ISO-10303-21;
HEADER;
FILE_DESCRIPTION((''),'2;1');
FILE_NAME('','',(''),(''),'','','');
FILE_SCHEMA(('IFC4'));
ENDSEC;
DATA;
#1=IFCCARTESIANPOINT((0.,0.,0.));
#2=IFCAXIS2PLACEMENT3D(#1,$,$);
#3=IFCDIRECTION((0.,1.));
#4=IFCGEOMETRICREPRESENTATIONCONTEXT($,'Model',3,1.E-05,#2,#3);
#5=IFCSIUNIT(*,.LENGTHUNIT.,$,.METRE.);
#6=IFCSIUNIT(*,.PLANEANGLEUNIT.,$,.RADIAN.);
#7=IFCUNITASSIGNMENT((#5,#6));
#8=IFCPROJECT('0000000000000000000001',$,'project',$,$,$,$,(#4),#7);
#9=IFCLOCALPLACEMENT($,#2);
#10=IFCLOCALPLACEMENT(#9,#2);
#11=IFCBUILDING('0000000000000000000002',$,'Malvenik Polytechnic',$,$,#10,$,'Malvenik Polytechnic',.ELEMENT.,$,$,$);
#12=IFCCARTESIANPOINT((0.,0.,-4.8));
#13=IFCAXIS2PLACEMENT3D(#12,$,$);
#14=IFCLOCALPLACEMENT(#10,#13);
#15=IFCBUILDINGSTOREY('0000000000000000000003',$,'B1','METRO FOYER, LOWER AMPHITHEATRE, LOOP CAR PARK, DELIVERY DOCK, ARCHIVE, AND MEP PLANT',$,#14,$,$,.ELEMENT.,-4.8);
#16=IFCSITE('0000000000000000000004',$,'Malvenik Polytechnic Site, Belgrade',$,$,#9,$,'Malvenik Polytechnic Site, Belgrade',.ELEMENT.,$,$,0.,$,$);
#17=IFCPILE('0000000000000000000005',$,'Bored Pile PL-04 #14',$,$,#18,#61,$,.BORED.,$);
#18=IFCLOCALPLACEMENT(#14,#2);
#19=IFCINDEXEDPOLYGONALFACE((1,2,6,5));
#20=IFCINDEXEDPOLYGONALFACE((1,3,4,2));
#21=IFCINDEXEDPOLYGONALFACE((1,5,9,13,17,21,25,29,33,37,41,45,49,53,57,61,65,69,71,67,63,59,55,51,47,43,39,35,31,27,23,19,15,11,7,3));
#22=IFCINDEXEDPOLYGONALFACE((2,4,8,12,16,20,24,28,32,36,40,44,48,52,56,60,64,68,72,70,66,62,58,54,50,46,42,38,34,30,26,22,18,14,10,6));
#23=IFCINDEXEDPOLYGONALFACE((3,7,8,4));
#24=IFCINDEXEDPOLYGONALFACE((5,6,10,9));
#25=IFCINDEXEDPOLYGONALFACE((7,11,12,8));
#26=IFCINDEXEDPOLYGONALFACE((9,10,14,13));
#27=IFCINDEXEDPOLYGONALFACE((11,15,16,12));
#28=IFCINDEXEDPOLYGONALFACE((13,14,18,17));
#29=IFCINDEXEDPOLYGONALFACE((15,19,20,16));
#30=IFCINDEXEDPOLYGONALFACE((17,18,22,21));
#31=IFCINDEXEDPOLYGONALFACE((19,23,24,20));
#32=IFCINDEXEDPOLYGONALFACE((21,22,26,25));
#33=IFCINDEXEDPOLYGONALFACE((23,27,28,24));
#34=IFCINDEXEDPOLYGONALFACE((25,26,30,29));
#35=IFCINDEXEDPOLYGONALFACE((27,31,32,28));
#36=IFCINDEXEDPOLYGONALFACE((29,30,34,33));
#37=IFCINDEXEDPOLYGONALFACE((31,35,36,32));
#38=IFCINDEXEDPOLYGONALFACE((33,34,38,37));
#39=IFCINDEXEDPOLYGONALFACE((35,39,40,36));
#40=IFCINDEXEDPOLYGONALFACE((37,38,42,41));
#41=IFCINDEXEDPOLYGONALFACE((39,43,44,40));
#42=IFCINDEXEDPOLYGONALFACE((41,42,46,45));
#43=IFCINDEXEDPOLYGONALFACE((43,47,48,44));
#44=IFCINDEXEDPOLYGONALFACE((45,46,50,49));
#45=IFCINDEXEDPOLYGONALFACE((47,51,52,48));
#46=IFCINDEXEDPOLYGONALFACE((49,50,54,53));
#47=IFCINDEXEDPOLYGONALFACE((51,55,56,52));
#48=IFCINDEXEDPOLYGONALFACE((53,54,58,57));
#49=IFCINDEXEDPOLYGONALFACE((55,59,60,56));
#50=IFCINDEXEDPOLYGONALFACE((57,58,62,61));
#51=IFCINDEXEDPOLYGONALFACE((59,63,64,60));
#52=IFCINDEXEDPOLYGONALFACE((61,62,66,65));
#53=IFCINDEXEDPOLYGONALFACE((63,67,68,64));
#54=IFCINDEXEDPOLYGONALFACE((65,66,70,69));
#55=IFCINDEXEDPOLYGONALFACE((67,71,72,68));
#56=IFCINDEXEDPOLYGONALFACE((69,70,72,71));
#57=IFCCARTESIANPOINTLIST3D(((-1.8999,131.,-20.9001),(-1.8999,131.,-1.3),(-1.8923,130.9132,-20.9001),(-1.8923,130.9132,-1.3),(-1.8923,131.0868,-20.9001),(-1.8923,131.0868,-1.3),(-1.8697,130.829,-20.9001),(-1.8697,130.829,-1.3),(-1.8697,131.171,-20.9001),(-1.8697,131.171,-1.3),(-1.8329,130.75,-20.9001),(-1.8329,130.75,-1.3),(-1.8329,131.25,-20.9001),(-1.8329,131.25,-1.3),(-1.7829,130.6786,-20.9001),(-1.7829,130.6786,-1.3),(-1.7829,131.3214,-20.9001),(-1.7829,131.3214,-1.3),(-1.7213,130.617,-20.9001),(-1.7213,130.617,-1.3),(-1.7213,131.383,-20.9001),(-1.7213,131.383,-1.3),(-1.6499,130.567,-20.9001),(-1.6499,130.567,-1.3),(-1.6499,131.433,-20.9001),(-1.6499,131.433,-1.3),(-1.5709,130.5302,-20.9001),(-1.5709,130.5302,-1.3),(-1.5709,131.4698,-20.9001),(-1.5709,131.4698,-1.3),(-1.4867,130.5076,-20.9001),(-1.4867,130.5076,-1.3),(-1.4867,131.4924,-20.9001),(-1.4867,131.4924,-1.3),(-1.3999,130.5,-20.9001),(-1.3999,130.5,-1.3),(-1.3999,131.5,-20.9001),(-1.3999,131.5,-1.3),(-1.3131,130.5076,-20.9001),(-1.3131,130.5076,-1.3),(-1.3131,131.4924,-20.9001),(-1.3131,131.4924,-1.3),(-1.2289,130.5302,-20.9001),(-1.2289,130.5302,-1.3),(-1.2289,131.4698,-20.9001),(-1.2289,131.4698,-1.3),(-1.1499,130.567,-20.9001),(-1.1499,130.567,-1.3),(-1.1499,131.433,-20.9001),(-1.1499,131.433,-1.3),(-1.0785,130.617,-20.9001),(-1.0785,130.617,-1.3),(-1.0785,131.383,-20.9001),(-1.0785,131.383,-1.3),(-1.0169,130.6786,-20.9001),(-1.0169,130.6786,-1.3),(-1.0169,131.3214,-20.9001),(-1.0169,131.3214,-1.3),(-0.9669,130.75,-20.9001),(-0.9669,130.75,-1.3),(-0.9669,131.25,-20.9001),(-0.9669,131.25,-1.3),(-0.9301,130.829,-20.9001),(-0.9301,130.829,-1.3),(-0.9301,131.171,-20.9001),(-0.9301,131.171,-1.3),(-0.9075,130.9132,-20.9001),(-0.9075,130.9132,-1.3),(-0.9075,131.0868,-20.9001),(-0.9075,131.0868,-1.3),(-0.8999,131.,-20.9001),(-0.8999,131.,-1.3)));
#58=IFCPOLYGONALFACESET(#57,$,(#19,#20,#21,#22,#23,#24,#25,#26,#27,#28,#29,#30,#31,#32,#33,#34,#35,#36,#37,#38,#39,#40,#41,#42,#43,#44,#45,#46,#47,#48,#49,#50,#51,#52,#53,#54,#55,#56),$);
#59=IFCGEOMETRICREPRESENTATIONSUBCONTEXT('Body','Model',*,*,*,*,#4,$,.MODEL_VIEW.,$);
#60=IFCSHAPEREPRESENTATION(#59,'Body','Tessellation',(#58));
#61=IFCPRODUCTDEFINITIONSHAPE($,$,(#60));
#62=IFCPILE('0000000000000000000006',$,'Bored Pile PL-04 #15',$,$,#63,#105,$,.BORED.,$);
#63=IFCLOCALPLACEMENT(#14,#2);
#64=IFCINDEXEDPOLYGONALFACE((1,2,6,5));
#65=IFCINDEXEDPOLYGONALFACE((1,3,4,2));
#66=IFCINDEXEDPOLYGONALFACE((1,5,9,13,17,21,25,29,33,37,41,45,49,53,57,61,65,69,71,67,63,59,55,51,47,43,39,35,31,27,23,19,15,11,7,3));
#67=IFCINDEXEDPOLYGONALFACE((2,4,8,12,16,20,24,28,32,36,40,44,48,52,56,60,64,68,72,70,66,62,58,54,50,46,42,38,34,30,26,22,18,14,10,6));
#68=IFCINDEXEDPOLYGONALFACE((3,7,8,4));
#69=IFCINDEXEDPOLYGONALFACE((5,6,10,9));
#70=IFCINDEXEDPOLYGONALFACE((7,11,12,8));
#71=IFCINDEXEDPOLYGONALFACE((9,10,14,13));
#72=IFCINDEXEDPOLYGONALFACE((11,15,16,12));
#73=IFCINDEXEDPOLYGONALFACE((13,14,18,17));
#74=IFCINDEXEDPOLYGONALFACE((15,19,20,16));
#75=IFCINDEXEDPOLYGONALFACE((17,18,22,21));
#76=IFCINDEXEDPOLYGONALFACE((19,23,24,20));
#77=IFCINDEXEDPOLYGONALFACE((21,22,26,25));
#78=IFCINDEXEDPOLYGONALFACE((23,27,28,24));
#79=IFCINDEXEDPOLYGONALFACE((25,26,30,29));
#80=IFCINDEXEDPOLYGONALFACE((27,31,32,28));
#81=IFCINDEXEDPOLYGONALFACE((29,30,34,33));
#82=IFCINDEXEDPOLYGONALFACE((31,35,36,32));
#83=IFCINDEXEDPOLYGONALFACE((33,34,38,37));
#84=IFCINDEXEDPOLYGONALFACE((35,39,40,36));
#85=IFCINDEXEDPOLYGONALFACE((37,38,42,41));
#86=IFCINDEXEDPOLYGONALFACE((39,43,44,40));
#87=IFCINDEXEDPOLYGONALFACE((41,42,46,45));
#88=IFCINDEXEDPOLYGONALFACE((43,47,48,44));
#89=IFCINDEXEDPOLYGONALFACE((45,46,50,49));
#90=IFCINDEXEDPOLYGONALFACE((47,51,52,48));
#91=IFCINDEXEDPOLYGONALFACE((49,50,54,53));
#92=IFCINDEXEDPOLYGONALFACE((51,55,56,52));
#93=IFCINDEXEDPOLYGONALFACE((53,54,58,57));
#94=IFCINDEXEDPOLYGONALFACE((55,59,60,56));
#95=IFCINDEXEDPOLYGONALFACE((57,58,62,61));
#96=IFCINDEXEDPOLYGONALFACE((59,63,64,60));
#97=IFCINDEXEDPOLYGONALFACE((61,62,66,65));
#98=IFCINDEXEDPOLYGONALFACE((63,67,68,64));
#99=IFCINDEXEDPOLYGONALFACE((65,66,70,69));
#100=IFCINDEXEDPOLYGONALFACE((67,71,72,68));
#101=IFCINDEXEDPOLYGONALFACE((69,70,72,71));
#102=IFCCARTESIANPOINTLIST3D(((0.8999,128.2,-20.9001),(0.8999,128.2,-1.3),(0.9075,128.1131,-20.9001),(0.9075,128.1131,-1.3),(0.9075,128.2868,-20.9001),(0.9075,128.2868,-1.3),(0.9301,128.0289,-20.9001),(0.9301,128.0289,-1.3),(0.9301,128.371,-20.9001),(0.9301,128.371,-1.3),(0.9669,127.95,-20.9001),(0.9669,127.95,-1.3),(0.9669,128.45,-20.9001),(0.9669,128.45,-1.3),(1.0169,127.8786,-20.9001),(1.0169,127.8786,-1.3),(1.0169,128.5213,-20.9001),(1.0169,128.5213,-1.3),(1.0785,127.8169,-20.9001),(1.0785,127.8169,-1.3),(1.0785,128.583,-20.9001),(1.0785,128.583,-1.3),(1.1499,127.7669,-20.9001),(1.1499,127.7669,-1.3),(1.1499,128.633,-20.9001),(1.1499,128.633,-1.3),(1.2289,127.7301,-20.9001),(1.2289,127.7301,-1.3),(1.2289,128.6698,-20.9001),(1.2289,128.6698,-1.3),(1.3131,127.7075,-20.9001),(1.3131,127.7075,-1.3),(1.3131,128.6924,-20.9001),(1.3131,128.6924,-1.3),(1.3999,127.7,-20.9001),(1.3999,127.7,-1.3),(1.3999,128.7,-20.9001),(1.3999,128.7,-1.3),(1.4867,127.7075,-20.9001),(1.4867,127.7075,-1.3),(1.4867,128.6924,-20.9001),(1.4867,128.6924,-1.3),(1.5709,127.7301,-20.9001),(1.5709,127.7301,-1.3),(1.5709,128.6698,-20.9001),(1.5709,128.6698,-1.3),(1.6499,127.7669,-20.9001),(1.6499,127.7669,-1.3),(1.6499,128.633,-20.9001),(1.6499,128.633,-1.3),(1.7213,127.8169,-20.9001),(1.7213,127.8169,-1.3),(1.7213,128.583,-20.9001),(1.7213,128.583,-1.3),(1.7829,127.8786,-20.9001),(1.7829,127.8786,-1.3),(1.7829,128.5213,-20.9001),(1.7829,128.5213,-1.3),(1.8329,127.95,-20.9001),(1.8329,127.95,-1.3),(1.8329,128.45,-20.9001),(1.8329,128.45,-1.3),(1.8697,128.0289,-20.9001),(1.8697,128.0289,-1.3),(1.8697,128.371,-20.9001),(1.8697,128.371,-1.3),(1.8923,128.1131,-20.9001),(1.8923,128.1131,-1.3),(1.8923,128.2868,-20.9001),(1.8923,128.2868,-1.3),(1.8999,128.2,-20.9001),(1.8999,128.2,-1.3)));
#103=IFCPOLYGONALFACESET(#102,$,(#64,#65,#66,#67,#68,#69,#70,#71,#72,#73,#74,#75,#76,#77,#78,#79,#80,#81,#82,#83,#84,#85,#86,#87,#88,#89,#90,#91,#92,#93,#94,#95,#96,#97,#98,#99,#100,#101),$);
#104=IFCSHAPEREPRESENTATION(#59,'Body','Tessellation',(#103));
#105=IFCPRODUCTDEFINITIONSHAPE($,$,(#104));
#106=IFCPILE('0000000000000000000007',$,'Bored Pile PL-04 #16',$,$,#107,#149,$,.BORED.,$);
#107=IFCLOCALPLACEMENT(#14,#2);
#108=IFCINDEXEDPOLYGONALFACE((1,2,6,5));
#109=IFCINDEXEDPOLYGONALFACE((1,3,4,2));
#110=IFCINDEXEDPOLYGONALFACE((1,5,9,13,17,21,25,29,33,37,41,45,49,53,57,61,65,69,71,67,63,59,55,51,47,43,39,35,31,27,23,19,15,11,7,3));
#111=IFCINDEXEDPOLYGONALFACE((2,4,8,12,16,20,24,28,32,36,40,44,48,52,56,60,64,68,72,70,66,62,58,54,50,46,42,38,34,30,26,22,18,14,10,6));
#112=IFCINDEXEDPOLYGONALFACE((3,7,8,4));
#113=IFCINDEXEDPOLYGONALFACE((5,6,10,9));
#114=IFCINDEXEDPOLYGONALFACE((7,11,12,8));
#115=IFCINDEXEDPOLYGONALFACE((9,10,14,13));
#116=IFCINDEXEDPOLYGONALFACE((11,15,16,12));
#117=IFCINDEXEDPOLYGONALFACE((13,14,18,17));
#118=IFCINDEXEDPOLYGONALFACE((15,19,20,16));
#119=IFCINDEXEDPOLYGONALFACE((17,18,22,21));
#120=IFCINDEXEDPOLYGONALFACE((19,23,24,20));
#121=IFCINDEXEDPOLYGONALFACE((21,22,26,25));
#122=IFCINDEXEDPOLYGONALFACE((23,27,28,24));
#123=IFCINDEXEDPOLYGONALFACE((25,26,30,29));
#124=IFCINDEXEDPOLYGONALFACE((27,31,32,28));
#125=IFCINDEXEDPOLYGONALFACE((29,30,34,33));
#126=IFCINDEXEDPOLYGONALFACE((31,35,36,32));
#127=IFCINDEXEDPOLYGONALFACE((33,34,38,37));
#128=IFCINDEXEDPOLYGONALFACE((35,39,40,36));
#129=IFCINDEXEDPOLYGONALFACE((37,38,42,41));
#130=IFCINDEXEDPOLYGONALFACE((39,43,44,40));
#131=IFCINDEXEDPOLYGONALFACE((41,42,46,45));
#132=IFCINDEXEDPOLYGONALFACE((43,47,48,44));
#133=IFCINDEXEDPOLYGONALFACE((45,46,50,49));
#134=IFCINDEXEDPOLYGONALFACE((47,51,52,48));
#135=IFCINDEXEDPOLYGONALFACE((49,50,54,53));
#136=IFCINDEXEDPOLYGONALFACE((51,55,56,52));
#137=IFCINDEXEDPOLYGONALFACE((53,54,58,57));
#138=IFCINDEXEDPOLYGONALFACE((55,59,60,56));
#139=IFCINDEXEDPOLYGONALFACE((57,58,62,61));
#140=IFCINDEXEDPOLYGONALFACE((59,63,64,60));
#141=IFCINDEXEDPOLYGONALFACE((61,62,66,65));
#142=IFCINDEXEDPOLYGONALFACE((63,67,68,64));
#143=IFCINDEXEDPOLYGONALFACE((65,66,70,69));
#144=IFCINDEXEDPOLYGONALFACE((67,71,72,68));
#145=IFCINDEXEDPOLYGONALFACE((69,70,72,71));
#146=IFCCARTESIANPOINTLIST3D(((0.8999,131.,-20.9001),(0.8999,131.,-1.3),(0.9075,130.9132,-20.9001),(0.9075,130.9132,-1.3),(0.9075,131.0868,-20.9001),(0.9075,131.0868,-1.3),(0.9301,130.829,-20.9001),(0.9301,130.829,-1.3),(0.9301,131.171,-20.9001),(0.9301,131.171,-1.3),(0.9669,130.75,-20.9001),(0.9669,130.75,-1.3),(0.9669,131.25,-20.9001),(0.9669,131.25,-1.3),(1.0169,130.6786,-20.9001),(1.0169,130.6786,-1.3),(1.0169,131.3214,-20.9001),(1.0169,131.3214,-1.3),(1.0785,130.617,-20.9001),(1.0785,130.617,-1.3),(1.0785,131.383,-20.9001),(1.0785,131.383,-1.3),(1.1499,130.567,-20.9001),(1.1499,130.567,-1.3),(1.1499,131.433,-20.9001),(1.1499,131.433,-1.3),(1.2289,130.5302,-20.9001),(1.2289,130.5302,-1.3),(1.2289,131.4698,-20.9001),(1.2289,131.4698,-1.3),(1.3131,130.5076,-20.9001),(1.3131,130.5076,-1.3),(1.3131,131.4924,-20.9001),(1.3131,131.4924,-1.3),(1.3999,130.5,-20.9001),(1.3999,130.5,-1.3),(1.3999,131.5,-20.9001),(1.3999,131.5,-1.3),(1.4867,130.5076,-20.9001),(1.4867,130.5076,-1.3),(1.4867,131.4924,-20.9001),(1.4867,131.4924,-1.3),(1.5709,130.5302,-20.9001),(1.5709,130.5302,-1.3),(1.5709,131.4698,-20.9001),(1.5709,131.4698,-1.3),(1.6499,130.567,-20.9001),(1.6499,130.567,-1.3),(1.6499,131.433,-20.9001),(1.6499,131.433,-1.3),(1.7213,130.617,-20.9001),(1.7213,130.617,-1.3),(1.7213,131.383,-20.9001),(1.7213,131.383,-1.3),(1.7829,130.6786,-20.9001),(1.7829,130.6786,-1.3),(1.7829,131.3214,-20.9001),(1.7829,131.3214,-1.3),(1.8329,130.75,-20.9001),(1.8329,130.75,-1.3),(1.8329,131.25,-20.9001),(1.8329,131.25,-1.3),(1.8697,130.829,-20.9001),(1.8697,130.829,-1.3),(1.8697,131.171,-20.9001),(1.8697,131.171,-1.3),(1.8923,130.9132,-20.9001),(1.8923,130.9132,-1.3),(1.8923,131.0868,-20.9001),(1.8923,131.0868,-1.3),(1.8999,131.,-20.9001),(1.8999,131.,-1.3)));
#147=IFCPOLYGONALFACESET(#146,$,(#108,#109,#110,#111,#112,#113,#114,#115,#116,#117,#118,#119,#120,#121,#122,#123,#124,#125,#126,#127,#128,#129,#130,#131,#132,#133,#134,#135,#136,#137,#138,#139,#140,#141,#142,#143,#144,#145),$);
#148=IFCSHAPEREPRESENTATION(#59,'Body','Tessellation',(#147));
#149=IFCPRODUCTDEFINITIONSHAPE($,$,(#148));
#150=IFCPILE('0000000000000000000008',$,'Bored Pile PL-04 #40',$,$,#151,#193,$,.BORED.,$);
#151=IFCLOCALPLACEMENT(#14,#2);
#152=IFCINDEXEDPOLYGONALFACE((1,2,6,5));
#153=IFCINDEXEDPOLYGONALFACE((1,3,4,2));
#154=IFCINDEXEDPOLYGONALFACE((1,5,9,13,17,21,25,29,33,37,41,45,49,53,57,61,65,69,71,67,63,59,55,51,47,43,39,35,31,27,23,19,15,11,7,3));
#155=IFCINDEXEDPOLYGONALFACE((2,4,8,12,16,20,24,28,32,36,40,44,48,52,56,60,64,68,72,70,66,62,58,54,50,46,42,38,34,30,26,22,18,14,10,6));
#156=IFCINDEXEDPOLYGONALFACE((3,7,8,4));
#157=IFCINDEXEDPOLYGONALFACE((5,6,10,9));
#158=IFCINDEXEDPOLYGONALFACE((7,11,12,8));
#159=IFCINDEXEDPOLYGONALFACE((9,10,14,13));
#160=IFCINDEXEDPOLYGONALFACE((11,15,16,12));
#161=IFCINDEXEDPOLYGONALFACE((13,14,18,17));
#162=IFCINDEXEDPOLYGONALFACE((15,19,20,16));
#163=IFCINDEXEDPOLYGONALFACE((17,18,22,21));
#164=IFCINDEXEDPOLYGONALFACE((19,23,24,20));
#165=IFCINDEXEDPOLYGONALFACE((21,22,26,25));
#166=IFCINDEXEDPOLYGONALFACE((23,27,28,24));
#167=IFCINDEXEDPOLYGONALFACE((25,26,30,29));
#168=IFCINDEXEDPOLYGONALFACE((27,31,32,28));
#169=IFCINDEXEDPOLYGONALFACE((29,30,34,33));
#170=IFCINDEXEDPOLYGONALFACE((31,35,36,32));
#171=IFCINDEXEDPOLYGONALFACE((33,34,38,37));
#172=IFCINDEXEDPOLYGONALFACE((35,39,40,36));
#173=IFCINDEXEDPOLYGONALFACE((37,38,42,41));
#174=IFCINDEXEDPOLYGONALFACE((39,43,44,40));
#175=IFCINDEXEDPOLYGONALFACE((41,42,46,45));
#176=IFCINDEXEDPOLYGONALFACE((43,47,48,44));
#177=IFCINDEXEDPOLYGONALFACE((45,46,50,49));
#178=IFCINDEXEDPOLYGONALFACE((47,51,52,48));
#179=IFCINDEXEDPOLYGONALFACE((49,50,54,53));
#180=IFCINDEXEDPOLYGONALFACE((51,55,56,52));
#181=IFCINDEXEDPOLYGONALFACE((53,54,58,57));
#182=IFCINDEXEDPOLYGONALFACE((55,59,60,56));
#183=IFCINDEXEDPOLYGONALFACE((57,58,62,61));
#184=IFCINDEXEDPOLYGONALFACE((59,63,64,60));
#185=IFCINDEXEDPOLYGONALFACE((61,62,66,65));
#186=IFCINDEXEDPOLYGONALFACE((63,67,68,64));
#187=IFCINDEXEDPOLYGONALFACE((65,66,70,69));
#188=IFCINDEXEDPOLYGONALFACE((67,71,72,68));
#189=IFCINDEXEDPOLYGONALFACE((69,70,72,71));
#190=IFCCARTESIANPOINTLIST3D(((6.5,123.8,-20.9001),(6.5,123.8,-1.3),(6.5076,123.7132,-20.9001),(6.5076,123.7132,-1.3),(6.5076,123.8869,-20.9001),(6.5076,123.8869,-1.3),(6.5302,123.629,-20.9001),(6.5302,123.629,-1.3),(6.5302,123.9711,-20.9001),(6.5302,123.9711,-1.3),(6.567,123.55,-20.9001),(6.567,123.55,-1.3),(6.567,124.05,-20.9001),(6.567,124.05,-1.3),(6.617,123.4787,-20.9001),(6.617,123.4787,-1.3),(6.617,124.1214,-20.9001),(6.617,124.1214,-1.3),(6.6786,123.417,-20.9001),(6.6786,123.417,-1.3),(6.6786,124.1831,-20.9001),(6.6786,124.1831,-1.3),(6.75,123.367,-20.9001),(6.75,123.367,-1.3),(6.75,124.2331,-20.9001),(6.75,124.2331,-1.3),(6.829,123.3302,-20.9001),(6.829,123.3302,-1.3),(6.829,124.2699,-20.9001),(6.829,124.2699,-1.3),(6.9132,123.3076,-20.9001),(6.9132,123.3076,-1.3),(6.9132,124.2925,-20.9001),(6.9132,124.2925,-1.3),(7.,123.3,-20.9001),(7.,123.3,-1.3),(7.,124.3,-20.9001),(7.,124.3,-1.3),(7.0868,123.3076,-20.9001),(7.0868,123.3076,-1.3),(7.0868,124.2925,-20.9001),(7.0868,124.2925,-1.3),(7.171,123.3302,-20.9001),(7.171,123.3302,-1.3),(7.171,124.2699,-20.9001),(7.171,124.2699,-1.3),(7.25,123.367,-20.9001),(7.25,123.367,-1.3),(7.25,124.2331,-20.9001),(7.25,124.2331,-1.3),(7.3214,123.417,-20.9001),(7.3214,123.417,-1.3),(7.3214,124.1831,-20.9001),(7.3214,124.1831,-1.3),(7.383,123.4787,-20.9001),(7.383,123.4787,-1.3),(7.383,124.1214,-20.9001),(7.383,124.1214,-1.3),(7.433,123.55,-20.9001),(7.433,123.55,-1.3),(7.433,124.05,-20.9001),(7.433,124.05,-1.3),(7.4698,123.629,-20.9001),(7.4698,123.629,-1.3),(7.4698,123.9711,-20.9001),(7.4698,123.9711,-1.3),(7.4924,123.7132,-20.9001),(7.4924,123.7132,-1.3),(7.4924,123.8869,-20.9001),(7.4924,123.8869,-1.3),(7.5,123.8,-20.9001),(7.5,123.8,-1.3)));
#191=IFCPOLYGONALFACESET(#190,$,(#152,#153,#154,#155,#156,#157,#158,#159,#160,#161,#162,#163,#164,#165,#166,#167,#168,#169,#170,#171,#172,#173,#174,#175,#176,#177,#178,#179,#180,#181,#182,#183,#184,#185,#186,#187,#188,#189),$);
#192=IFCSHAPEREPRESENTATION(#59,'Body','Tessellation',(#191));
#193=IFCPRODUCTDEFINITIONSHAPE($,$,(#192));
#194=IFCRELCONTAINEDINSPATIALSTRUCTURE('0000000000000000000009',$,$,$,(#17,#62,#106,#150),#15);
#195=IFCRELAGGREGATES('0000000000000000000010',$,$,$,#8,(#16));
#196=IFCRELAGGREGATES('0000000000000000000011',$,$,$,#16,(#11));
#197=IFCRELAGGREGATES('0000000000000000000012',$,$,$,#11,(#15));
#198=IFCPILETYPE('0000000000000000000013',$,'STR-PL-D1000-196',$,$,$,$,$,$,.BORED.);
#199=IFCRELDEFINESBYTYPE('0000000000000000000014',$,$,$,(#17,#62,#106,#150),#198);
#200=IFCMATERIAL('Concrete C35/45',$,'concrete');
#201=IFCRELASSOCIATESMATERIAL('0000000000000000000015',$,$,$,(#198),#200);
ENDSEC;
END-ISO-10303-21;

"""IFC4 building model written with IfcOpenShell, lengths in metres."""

from ifc_helpers import new_model, si_unit, direction, frame, origin, origin_2d, place, context, subcontext, project, spatial, circle, extrude, material, material_profile, profile_set, type_object, element, save


model = new_model("IFC4")

# Units and contexts
model_context = context("Model", 3, precision=1e-05, world=origin(), true_north=direction((0.0, 1.0)))
body_context = subcontext(model_context, "Body", "Model", "MODEL_VIEW")
ifc_project = project(units=[si_unit("LENGTHUNIT", "METRE"), si_unit("PLANEANGLEUNIT", "RADIAN")], contexts=[model_context])

# Site, building, storey
site_placement = place(None, origin())
site = spatial("IfcSite", under=ifc_project, at=site_placement, Name="Malvenik Polytechnic Site, Belgrade", LongName="Malvenik Polytechnic Site, Belgrade", CompositionType="ELEMENT", RefElevation=0.0)
building_placement = place(site_placement, origin())
building = spatial("IfcBuilding", under=site, at=building_placement, Name="Malvenik Polytechnic", LongName="Malvenik Polytechnic", CompositionType="ELEMENT")
storey_placement = place(building_placement, frame((0.0, 0.0, -4.8)))
storey = spatial("IfcBuildingStorey", under=building, at=storey_placement, Name="B1", Description="METRO FOYER, LOWER AMPHITHEATRE, LOOP CAR PARK, DELIVERY DOCK, ARCHIVE, AND MEP PLANT", CompositionType="ELEMENT", Elevation=-4.8)

# Shared definitions
ifc_material_1 = material(Name="Concrete C35/45", Category="concrete")

# Piles
ifc_material_profile_1 = material_profile(ifc_material_1, circle(Radius=0.5, at=origin_2d()), Name="BORED PILE D1000")
ifc_profile_set_1 = profile_set([ifc_material_profile_1], Name="Concrete C35/45")
pile_type = type_object("IfcPileType", Name="STR-PL-D1000-196", PredefinedType="BORED", material=ifc_profile_set_1)
for number, where, z_axis, x_axis, name in (
    (1, (-1.3999, 131.0, -1.3), (0.0, 0.0, -1.0), (1.0, 0.0, 0.0), "Bored Pile PL-04 #14"),
    (2, (1.3999, 128.2, -1.3), (0.0, 0.0, -1.0), (1.0, 0.0, 0.0), "Bored Pile PL-04 #15"),
    (3, (1.3999, 131.0, -1.3), (0.0, 0.0, -1.0), (1.0, 0.0, 0.0), "Bored Pile PL-04 #16"),
    (4, (7.0, 123.8, -1.3), (0.0, 0.0, -1.0), (1.0, 0.0, 0.0), "Bored Pile PL-04 #40"),
):
    element("IfcPile", number, at=place(storey_placement, frame(where, z_axis=z_axis, x_axis=x_axis)), inside=storey, type_object=pile_type, Name=name, PredefinedType="BORED", context=body_context, shape_type="SweptSolid", body=[
        extrude(circle(Radius=0.5, at=origin_2d()), origin(), (0.0, 0.0, 1.0), 19.6001),
    ])

save(model, "model.ifc")
